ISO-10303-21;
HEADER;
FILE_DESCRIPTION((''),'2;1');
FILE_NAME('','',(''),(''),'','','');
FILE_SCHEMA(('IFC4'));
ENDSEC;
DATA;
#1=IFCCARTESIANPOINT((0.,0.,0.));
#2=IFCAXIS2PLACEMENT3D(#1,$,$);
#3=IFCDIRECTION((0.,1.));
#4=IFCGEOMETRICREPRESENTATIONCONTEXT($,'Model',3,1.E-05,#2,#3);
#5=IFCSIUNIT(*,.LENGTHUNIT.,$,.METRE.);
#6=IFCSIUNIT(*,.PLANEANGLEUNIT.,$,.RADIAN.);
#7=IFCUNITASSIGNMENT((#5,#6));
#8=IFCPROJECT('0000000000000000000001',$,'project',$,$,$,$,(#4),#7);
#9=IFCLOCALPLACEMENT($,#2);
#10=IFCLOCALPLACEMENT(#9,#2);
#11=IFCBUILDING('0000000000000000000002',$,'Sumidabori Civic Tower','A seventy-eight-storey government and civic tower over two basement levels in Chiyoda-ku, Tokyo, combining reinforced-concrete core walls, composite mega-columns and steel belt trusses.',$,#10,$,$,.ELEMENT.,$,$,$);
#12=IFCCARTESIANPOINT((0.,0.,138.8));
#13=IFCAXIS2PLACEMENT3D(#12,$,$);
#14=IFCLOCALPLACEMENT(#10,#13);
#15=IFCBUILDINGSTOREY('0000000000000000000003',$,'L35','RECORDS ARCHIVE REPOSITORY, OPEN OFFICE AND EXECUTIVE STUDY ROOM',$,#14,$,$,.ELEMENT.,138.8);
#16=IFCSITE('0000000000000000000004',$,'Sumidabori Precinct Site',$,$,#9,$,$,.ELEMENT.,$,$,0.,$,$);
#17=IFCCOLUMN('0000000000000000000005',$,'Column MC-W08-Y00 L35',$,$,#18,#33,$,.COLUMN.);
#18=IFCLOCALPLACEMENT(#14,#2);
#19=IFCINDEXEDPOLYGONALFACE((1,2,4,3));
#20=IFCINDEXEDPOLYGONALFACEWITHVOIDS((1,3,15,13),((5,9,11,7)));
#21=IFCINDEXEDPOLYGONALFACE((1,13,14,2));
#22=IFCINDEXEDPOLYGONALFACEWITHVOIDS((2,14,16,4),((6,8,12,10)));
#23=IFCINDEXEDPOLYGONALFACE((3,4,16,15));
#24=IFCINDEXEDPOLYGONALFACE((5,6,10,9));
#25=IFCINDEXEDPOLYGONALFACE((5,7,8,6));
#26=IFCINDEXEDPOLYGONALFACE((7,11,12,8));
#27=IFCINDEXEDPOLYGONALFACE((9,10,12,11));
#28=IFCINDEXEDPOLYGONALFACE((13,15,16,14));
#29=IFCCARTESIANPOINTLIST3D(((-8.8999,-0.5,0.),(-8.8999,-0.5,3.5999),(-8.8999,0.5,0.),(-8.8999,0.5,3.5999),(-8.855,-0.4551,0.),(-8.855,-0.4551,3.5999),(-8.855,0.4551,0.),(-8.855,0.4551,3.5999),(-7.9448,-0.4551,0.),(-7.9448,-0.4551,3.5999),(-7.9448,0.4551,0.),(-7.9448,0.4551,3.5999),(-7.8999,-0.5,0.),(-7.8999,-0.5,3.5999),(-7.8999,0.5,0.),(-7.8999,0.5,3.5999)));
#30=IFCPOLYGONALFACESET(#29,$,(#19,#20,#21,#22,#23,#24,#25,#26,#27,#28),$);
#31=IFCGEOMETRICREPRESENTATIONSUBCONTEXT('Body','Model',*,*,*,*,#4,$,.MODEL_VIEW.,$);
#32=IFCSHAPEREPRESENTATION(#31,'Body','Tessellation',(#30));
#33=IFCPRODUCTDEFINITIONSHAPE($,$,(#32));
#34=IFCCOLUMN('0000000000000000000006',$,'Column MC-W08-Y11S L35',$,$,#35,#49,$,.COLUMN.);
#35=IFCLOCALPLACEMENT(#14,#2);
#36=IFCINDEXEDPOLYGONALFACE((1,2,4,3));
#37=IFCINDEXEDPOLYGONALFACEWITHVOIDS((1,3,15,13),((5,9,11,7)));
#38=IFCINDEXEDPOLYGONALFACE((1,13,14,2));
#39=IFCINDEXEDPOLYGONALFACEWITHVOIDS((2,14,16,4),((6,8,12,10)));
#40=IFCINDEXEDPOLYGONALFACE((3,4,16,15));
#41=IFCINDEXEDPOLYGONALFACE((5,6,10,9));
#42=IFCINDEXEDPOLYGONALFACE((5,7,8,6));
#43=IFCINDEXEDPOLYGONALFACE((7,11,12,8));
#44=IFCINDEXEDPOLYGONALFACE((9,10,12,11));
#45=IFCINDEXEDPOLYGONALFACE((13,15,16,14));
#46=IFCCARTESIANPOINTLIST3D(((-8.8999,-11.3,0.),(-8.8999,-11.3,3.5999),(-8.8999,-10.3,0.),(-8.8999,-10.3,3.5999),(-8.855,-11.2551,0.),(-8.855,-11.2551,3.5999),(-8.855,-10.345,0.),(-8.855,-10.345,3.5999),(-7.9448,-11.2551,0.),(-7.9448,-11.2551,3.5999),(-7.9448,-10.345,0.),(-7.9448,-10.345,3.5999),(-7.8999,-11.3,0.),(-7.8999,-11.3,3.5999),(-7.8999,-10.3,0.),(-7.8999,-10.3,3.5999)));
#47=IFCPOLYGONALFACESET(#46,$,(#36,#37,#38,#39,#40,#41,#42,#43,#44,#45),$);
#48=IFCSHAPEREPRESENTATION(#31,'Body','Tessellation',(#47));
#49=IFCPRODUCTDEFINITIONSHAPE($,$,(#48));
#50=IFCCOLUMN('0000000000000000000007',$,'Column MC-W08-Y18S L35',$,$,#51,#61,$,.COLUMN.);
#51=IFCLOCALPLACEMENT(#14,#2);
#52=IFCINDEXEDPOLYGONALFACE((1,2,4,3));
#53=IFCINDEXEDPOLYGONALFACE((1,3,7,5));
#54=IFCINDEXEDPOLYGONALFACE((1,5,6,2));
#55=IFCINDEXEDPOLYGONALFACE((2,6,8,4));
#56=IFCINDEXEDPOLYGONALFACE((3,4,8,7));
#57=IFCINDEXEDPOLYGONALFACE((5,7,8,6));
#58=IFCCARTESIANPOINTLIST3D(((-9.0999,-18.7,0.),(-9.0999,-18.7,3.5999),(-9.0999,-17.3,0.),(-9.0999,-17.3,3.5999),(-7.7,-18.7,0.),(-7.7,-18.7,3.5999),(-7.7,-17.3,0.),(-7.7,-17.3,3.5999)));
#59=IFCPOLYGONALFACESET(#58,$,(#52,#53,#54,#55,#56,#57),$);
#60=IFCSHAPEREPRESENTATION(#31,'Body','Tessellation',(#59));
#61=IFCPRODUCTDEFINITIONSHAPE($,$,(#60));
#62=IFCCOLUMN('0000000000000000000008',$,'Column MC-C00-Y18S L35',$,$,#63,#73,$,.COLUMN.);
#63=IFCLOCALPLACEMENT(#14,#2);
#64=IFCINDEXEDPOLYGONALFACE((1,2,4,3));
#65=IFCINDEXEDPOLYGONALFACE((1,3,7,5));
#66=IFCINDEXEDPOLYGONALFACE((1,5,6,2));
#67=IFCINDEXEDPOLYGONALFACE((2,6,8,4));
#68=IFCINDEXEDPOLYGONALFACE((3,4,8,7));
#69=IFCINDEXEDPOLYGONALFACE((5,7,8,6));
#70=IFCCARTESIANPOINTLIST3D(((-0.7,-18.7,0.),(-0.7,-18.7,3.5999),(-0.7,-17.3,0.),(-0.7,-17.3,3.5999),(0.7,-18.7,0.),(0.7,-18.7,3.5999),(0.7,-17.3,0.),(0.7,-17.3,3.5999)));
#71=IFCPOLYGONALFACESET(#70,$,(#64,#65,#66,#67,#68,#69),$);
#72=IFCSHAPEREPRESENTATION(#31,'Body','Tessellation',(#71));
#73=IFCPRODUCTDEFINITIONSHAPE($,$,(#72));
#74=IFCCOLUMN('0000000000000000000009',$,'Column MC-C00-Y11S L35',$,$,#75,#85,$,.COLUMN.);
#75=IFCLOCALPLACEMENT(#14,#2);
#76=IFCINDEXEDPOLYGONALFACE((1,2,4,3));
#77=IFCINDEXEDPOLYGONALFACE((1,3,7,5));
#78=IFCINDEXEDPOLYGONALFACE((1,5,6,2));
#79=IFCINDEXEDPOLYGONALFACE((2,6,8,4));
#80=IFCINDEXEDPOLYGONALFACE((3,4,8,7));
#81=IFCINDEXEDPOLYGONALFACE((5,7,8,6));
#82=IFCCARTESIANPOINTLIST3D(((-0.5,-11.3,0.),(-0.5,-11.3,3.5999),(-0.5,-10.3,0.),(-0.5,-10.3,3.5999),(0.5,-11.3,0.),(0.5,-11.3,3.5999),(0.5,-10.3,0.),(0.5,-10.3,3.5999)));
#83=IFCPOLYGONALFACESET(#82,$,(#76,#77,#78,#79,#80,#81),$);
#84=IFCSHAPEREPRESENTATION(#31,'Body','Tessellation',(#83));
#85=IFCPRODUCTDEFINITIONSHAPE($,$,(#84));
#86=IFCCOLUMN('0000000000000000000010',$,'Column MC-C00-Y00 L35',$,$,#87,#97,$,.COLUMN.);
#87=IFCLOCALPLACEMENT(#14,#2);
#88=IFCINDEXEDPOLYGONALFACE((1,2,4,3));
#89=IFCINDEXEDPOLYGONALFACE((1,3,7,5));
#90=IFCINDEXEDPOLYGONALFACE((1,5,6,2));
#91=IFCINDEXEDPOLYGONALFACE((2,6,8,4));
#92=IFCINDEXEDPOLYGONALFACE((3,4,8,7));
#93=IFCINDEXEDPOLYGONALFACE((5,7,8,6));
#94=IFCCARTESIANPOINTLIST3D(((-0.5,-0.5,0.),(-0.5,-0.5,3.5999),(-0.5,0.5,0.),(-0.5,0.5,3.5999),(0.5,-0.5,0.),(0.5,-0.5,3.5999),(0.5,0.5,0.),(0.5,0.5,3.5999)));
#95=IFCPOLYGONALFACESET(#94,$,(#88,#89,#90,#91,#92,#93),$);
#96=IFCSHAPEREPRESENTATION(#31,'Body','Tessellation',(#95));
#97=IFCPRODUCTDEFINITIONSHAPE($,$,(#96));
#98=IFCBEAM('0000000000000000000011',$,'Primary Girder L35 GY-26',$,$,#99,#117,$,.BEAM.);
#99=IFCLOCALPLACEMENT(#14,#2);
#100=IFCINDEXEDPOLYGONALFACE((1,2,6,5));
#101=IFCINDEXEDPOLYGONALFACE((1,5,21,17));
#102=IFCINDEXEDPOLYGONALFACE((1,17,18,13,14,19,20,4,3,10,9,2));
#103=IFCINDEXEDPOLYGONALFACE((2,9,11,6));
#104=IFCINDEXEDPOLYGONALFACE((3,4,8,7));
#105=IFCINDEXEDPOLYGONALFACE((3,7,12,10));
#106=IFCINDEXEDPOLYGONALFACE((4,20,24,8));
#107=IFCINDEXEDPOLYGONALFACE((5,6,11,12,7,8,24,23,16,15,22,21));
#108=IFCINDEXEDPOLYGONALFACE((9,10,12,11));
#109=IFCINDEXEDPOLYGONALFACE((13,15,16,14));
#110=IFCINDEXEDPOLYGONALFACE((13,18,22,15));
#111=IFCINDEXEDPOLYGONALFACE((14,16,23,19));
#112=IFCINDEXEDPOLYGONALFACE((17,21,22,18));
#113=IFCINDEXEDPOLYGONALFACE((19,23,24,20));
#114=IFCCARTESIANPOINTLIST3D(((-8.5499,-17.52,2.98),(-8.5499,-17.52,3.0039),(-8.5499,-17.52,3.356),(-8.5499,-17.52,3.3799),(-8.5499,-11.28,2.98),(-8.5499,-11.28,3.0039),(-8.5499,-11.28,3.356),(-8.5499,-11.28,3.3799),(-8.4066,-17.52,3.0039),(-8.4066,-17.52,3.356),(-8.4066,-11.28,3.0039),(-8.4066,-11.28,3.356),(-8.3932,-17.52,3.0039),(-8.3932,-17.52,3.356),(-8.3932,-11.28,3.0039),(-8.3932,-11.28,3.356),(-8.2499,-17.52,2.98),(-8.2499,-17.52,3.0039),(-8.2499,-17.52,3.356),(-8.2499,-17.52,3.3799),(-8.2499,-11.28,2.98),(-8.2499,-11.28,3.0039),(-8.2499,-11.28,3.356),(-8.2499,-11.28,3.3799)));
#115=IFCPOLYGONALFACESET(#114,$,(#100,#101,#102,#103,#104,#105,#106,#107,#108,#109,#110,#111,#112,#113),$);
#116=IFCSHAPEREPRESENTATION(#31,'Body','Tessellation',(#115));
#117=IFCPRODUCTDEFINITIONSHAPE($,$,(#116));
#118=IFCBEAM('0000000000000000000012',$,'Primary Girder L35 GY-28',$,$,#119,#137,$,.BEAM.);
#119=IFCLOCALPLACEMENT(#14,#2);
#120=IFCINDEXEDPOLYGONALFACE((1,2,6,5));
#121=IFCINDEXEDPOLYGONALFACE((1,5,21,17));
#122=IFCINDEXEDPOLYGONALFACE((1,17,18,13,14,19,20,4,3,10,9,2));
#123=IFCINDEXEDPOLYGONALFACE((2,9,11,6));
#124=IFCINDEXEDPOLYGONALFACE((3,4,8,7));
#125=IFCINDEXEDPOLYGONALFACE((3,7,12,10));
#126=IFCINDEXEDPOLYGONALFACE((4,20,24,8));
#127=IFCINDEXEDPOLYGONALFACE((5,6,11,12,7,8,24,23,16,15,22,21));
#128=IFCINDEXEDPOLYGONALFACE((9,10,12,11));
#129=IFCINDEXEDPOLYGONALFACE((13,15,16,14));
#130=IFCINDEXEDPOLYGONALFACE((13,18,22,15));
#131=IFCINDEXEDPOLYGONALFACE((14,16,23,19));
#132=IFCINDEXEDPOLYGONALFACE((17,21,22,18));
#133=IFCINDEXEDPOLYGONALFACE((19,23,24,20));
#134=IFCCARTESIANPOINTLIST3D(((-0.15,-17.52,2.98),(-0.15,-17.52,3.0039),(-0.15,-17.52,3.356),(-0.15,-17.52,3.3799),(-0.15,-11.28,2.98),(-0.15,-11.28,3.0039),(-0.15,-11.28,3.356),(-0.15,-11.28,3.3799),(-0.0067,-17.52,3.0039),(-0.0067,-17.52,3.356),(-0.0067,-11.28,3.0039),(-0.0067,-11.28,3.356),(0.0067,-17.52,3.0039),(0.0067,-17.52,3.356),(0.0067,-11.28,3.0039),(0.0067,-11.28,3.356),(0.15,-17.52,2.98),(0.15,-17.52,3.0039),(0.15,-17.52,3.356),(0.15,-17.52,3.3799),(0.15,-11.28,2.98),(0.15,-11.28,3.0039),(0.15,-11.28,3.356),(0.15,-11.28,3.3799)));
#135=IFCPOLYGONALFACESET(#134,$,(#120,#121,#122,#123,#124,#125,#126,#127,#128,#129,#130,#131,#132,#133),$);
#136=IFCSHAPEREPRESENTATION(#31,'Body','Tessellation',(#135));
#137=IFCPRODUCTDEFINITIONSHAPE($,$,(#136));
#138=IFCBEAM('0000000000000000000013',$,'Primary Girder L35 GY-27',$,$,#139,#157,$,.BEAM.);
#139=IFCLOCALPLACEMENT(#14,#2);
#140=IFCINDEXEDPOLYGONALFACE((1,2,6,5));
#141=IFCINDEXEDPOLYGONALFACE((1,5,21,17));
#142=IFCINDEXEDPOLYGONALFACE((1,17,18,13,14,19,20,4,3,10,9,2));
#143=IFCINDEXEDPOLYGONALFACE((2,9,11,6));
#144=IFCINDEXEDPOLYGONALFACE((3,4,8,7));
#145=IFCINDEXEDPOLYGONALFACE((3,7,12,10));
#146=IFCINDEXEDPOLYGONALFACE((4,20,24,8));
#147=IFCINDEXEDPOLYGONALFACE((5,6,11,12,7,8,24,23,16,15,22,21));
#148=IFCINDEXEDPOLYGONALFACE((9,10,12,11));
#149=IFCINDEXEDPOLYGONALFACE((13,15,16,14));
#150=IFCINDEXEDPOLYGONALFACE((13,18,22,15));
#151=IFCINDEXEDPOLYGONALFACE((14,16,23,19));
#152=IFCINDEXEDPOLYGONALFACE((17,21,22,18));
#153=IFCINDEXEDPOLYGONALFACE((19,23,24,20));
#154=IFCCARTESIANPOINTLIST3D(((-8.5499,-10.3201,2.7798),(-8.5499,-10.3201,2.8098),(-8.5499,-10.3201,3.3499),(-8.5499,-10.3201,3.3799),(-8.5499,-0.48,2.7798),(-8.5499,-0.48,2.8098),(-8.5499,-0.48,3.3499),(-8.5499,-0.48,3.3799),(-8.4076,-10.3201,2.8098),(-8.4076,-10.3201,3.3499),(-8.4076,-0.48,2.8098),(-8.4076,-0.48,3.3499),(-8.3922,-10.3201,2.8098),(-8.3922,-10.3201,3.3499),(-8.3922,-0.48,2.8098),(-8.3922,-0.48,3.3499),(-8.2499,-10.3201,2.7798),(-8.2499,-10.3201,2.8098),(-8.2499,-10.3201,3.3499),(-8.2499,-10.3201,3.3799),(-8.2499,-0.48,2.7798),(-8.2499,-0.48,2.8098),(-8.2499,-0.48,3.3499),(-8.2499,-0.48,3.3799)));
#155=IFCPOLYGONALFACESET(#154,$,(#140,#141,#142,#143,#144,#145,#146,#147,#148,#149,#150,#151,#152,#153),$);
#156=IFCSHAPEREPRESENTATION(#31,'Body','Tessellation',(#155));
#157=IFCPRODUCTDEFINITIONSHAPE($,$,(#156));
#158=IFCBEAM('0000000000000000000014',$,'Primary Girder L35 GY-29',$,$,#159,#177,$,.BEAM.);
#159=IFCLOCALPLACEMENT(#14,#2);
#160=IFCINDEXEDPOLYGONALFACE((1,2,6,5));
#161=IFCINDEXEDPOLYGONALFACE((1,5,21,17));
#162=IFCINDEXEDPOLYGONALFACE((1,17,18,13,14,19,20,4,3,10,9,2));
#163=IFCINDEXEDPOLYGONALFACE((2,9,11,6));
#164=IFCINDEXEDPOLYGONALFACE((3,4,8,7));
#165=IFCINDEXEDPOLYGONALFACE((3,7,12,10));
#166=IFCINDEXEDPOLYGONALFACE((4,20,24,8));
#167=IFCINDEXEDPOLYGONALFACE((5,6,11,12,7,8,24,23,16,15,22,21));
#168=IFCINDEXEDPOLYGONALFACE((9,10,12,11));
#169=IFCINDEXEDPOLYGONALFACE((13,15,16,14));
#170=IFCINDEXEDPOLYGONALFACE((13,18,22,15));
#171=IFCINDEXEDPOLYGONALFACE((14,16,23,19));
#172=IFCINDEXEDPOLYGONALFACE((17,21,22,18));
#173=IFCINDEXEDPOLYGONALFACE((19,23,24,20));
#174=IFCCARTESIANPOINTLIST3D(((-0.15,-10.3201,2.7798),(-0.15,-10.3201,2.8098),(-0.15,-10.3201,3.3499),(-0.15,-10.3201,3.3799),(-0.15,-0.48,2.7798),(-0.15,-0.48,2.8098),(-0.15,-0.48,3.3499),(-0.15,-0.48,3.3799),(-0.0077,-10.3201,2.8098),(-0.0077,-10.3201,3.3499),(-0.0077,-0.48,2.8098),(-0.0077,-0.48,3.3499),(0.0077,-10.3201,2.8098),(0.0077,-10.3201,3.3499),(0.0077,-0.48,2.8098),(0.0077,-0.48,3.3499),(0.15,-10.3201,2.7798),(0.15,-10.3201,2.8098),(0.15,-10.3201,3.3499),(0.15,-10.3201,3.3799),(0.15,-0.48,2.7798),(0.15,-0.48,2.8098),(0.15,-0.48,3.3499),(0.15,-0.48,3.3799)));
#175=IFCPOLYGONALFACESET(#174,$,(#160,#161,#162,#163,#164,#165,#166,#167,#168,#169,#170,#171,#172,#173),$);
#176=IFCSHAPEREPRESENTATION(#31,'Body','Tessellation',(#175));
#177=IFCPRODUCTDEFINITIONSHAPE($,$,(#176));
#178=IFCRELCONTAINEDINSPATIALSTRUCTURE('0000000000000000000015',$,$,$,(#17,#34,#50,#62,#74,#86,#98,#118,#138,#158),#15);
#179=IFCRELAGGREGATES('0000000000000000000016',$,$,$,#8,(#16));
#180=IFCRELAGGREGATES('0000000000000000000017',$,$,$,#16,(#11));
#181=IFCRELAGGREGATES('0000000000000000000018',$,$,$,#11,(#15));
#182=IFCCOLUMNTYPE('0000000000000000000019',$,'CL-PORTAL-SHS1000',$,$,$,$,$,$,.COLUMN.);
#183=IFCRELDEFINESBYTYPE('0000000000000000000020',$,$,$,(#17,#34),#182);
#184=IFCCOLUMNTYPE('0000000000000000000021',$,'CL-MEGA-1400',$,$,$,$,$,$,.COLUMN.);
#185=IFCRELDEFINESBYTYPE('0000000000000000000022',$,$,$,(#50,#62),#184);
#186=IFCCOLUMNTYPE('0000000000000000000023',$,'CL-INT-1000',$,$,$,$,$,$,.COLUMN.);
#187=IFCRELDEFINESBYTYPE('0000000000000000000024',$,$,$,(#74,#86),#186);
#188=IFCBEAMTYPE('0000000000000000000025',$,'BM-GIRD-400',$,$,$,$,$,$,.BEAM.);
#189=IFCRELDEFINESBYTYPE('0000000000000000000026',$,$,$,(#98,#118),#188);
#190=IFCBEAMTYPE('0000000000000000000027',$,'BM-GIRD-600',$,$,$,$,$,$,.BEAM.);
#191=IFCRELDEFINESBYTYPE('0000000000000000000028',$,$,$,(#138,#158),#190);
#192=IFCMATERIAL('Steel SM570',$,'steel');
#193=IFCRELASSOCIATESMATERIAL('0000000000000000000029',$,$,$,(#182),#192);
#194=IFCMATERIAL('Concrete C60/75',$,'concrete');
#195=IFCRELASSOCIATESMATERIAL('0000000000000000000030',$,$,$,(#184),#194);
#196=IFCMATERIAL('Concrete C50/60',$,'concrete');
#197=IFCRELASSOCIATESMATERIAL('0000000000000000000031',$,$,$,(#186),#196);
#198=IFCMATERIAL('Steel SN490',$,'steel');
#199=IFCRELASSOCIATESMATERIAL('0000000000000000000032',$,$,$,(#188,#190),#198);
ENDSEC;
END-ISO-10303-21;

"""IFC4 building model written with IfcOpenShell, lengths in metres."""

from ifc_helpers import new_model, si_unit, direction, frame, origin, origin_2d, place, context, subcontext, project, spatial, rectangle, hollow_rectangle, i_section, extrude, source, transform, mapped, material, material_profile, profile_set, type_object, element, save


model = new_model("IFC4")

# Units and contexts
model_context = context("Model", 3, precision=1e-05, world=origin(), true_north=direction((0.0, 1.0)))
body_context = subcontext(model_context, "Body", "Model", "MODEL_VIEW")
ifc_project = project(units=[si_unit("LENGTHUNIT", "METRE"), si_unit("PLANEANGLEUNIT", "RADIAN")], contexts=[model_context])

# Site, building, storey
site_placement = place(None, origin())
site = spatial("IfcSite", under=ifc_project, at=site_placement, Name="Sumidabori Precinct Site", CompositionType="ELEMENT", RefElevation=0.0)
building_placement = place(site_placement, origin())
building = spatial("IfcBuilding", under=site, at=building_placement, Name="Sumidabori Civic Tower", Description="A seventy-eight-storey government and civic tower over two basement levels in Chiyoda-ku, Tokyo, combining reinforced-concrete core walls, composite mega-columns and steel belt trusses.", CompositionType="ELEMENT")
storey_placement = place(building_placement, frame((0.0, 0.0, 138.8)))
storey = spatial("IfcBuildingStorey", under=building, at=storey_placement, Name="L35", Description="RECORDS ARCHIVE REPOSITORY, OPEN OFFICE AND EXECUTIVE STUDY ROOM", CompositionType="ELEMENT", Elevation=138.8)

# Columns
ifc_material_1 = material(Name="Steel SM570", Category="steel")
ifc_material_profile_1 = material_profile(ifc_material_1, hollow_rectangle(XDim=1.0, YDim=1.0, WallThickness=0.0449, at=origin_2d()), Name="SHS 1000x1000x45")
ifc_profile_set_1 = profile_set([ifc_material_profile_1], Name="Steel SM570")
column_type_1 = type_object("IfcColumnType", Name="CL-PORTAL-SHS1000", PredefinedType="COLUMN", material=ifc_profile_set_1)
shared_shape_1 = source(origin(), body_context, "Body", "SweptSolid", [
    extrude(hollow_rectangle(XDim=1.0, YDim=1.0, WallThickness=0.0449, at=origin_2d()), origin(), (0.0, 0.0, 1.0), 3.5999),
])
for number, where, z_axis, x_axis, name in (
    (1, (-8.3999, 0.0, 0.0), (0.0, 0.0, 1.0), (1.0, 0.0, 0.0), "Column MC-W08-Y00 L35"),
    (2, (-8.3999, -10.8, 0.0), (0.0, 0.0, 1.0), (1.0, 0.0, 0.0), "Column MC-W08-Y11S L35"),
):
    element("IfcColumn", number, at=place(storey_placement, frame(where, z_axis=z_axis, x_axis=x_axis)), inside=storey, type_object=column_type_1, Name=name, PredefinedType="COLUMN", context=body_context, shape_type="MappedRepresentation", body=[
        mapped(shared_shape_1, transform((0.0, 0.0, 0.0), x_axis=(1.0, 0.0, 0.0), y_axis=(0.0, 1.0, 0.0), z_axis=(0.0, 0.0, 1.0), scale=1.0)),
    ])
ifc_material_2 = material(Name="Concrete C60/75", Category="concrete")
ifc_material_profile_2 = material_profile(ifc_material_2, rectangle(XDim=1.3999, YDim=1.3999, at=origin_2d()), Name="RC 1400x1400")
ifc_profile_set_2 = profile_set([ifc_material_profile_2], Name="Concrete C60/75")
column_type_2 = type_object("IfcColumnType", Name="CL-MEGA-1400", PredefinedType="COLUMN", material=ifc_profile_set_2)
shared_shape_2 = source(origin(), body_context, "Body", "SweptSolid", [
    extrude(rectangle(XDim=1.3999, YDim=1.3999, at=origin_2d()), origin(), (0.0, 0.0, 1.0), 3.5999),
])
for number, where, z_axis, x_axis, name in (
    (3, (-8.3999, -18.0, 0.0), (0.0, 0.0, 1.0), (1.0, 0.0, 0.0), "Column MC-W08-Y18S L35"),
    (4, (0.0, -18.0, 0.0), (0.0, 0.0, 1.0), (1.0, 0.0, 0.0), "Column MC-C00-Y18S L35"),
):
    element("IfcColumn", number, at=place(storey_placement, frame(where, z_axis=z_axis, x_axis=x_axis)), inside=storey, type_object=column_type_2, Name=name, PredefinedType="COLUMN", context=body_context, shape_type="MappedRepresentation", body=[
        mapped(shared_shape_2, transform((0.0, 0.0, 0.0), x_axis=(1.0, 0.0, 0.0), y_axis=(0.0, 1.0, 0.0), z_axis=(0.0, 0.0, 1.0), scale=1.0)),
    ])
ifc_material_3 = material(Name="Concrete C50/60", Category="concrete")
ifc_material_profile_3 = material_profile(ifc_material_3, rectangle(XDim=1.0, YDim=1.0, at=origin_2d()), Name="RC 1000x1000")
ifc_profile_set_3 = profile_set([ifc_material_profile_3], Name="Concrete C50/60")
column_type_3 = type_object("IfcColumnType", Name="CL-INT-1000", PredefinedType="COLUMN", material=ifc_profile_set_3)
shared_shape_3 = source(origin(), body_context, "Body", "SweptSolid", [
    extrude(rectangle(XDim=1.0, YDim=1.0, at=origin_2d()), origin(), (0.0, 0.0, 1.0), 3.5999),
])
for number, where, z_axis, x_axis, name in (
    (5, (0.0, -10.8, 0.0), (0.0, 0.0, 1.0), (1.0, 0.0, 0.0), "Column MC-C00-Y11S L35"),
    (6, (0.0, 0.0, 0.0), (0.0, 0.0, 1.0), (1.0, 0.0, 0.0), "Column MC-C00-Y00 L35"),
):
    element("IfcColumn", number, at=place(storey_placement, frame(where, z_axis=z_axis, x_axis=x_axis)), inside=storey, type_object=column_type_3, Name=name, PredefinedType="COLUMN", context=body_context, shape_type="MappedRepresentation", body=[
        mapped(shared_shape_3, transform((0.0, 0.0, 0.0), x_axis=(1.0, 0.0, 0.0), y_axis=(0.0, 1.0, 0.0), z_axis=(0.0, 0.0, 1.0), scale=1.0)),
    ])

# Beams
ifc_material_4 = material(Name="Steel SN490", Category="steel")
ifc_material_profile_4 = material_profile(ifc_material_4, i_section(OverallWidth=0.3, OverallDepth=0.3999, WebThickness=0.0134, FlangeThickness=0.0239, at=origin_2d()), Name="HE 400 B")
ifc_profile_set_4 = profile_set([ifc_material_profile_4], Name="Steel SN490")
beam_type_1 = type_object("IfcBeamType", Name="BM-GIRD-400", PredefinedType="BEAM", material=ifc_profile_set_4)
shared_shape_4 = source(origin(), body_context, "Body", "SweptSolid", [
    extrude(i_section(OverallWidth=0.3, OverallDepth=0.3999, WebThickness=0.0134, FlangeThickness=0.0239, at=origin_2d()), origin(), (0.0, 0.0, 1.0), 6.24),
])
for number, where, z_axis, x_axis, name in (
    (7, (-8.3999, -17.52, 3.1799), (0.0, 1.0, 0.0), (-1.0, 0.0, 0.0), "Primary Girder L35 GY-26"),
    (8, (0.0, -17.52, 3.1799), (0.0, 1.0, 0.0), (-1.0, 0.0, 0.0), "Primary Girder L35 GY-28"),
):
    element("IfcBeam", number, at=place(storey_placement, frame(where, z_axis=z_axis, x_axis=x_axis)), inside=storey, type_object=beam_type_1, Name=name, PredefinedType="BEAM", context=body_context, shape_type="MappedRepresentation", body=[
        mapped(shared_shape_4, transform((0.0, 0.0, 0.0), x_axis=(1.0, 0.0, 0.0), y_axis=(0.0, 1.0, 0.0), z_axis=(0.0, 0.0, 1.0), scale=1.0)),
    ])
ifc_material_profile_5 = material_profile(ifc_material_4, i_section(OverallWidth=0.3, OverallDepth=0.6001, WebThickness=0.0154, FlangeThickness=0.03, at=origin_2d()), Name="HE 600 B")
ifc_profile_set_5 = profile_set([ifc_material_profile_5], Name="Steel SN490")
beam_type_2 = type_object("IfcBeamType", Name="BM-GIRD-600", PredefinedType="BEAM", material=ifc_profile_set_5)
shared_shape_5 = source(origin(), body_context, "Body", "SweptSolid", [
    extrude(i_section(OverallWidth=0.3, OverallDepth=0.6001, WebThickness=0.0154, FlangeThickness=0.03, at=origin_2d()), origin(), (0.0, 0.0, 1.0), 9.8401),
])
for number, where, z_axis, x_axis, name in (
    (9, (-8.3999, -10.3201, 3.0798), (0.0, 1.0, 0.0), (-1.0, 0.0, 0.0), "Primary Girder L35 GY-27"),
    (10, (0.0, -10.3201, 3.0798), (0.0, 1.0, 0.0), (-1.0, 0.0, 0.0), "Primary Girder L35 GY-29"),
):
    element("IfcBeam", number, at=place(storey_placement, frame(where, z_axis=z_axis, x_axis=x_axis)), inside=storey, type_object=beam_type_2, Name=name, PredefinedType="BEAM", context=body_context, shape_type="MappedRepresentation", body=[
        mapped(shared_shape_5, transform((0.0, 0.0, 0.0), x_axis=(1.0, 0.0, 0.0), y_axis=(0.0, 1.0, 0.0), z_axis=(0.0, 0.0, 1.0), scale=1.0)),
    ])

save(model, "model.ifc")
